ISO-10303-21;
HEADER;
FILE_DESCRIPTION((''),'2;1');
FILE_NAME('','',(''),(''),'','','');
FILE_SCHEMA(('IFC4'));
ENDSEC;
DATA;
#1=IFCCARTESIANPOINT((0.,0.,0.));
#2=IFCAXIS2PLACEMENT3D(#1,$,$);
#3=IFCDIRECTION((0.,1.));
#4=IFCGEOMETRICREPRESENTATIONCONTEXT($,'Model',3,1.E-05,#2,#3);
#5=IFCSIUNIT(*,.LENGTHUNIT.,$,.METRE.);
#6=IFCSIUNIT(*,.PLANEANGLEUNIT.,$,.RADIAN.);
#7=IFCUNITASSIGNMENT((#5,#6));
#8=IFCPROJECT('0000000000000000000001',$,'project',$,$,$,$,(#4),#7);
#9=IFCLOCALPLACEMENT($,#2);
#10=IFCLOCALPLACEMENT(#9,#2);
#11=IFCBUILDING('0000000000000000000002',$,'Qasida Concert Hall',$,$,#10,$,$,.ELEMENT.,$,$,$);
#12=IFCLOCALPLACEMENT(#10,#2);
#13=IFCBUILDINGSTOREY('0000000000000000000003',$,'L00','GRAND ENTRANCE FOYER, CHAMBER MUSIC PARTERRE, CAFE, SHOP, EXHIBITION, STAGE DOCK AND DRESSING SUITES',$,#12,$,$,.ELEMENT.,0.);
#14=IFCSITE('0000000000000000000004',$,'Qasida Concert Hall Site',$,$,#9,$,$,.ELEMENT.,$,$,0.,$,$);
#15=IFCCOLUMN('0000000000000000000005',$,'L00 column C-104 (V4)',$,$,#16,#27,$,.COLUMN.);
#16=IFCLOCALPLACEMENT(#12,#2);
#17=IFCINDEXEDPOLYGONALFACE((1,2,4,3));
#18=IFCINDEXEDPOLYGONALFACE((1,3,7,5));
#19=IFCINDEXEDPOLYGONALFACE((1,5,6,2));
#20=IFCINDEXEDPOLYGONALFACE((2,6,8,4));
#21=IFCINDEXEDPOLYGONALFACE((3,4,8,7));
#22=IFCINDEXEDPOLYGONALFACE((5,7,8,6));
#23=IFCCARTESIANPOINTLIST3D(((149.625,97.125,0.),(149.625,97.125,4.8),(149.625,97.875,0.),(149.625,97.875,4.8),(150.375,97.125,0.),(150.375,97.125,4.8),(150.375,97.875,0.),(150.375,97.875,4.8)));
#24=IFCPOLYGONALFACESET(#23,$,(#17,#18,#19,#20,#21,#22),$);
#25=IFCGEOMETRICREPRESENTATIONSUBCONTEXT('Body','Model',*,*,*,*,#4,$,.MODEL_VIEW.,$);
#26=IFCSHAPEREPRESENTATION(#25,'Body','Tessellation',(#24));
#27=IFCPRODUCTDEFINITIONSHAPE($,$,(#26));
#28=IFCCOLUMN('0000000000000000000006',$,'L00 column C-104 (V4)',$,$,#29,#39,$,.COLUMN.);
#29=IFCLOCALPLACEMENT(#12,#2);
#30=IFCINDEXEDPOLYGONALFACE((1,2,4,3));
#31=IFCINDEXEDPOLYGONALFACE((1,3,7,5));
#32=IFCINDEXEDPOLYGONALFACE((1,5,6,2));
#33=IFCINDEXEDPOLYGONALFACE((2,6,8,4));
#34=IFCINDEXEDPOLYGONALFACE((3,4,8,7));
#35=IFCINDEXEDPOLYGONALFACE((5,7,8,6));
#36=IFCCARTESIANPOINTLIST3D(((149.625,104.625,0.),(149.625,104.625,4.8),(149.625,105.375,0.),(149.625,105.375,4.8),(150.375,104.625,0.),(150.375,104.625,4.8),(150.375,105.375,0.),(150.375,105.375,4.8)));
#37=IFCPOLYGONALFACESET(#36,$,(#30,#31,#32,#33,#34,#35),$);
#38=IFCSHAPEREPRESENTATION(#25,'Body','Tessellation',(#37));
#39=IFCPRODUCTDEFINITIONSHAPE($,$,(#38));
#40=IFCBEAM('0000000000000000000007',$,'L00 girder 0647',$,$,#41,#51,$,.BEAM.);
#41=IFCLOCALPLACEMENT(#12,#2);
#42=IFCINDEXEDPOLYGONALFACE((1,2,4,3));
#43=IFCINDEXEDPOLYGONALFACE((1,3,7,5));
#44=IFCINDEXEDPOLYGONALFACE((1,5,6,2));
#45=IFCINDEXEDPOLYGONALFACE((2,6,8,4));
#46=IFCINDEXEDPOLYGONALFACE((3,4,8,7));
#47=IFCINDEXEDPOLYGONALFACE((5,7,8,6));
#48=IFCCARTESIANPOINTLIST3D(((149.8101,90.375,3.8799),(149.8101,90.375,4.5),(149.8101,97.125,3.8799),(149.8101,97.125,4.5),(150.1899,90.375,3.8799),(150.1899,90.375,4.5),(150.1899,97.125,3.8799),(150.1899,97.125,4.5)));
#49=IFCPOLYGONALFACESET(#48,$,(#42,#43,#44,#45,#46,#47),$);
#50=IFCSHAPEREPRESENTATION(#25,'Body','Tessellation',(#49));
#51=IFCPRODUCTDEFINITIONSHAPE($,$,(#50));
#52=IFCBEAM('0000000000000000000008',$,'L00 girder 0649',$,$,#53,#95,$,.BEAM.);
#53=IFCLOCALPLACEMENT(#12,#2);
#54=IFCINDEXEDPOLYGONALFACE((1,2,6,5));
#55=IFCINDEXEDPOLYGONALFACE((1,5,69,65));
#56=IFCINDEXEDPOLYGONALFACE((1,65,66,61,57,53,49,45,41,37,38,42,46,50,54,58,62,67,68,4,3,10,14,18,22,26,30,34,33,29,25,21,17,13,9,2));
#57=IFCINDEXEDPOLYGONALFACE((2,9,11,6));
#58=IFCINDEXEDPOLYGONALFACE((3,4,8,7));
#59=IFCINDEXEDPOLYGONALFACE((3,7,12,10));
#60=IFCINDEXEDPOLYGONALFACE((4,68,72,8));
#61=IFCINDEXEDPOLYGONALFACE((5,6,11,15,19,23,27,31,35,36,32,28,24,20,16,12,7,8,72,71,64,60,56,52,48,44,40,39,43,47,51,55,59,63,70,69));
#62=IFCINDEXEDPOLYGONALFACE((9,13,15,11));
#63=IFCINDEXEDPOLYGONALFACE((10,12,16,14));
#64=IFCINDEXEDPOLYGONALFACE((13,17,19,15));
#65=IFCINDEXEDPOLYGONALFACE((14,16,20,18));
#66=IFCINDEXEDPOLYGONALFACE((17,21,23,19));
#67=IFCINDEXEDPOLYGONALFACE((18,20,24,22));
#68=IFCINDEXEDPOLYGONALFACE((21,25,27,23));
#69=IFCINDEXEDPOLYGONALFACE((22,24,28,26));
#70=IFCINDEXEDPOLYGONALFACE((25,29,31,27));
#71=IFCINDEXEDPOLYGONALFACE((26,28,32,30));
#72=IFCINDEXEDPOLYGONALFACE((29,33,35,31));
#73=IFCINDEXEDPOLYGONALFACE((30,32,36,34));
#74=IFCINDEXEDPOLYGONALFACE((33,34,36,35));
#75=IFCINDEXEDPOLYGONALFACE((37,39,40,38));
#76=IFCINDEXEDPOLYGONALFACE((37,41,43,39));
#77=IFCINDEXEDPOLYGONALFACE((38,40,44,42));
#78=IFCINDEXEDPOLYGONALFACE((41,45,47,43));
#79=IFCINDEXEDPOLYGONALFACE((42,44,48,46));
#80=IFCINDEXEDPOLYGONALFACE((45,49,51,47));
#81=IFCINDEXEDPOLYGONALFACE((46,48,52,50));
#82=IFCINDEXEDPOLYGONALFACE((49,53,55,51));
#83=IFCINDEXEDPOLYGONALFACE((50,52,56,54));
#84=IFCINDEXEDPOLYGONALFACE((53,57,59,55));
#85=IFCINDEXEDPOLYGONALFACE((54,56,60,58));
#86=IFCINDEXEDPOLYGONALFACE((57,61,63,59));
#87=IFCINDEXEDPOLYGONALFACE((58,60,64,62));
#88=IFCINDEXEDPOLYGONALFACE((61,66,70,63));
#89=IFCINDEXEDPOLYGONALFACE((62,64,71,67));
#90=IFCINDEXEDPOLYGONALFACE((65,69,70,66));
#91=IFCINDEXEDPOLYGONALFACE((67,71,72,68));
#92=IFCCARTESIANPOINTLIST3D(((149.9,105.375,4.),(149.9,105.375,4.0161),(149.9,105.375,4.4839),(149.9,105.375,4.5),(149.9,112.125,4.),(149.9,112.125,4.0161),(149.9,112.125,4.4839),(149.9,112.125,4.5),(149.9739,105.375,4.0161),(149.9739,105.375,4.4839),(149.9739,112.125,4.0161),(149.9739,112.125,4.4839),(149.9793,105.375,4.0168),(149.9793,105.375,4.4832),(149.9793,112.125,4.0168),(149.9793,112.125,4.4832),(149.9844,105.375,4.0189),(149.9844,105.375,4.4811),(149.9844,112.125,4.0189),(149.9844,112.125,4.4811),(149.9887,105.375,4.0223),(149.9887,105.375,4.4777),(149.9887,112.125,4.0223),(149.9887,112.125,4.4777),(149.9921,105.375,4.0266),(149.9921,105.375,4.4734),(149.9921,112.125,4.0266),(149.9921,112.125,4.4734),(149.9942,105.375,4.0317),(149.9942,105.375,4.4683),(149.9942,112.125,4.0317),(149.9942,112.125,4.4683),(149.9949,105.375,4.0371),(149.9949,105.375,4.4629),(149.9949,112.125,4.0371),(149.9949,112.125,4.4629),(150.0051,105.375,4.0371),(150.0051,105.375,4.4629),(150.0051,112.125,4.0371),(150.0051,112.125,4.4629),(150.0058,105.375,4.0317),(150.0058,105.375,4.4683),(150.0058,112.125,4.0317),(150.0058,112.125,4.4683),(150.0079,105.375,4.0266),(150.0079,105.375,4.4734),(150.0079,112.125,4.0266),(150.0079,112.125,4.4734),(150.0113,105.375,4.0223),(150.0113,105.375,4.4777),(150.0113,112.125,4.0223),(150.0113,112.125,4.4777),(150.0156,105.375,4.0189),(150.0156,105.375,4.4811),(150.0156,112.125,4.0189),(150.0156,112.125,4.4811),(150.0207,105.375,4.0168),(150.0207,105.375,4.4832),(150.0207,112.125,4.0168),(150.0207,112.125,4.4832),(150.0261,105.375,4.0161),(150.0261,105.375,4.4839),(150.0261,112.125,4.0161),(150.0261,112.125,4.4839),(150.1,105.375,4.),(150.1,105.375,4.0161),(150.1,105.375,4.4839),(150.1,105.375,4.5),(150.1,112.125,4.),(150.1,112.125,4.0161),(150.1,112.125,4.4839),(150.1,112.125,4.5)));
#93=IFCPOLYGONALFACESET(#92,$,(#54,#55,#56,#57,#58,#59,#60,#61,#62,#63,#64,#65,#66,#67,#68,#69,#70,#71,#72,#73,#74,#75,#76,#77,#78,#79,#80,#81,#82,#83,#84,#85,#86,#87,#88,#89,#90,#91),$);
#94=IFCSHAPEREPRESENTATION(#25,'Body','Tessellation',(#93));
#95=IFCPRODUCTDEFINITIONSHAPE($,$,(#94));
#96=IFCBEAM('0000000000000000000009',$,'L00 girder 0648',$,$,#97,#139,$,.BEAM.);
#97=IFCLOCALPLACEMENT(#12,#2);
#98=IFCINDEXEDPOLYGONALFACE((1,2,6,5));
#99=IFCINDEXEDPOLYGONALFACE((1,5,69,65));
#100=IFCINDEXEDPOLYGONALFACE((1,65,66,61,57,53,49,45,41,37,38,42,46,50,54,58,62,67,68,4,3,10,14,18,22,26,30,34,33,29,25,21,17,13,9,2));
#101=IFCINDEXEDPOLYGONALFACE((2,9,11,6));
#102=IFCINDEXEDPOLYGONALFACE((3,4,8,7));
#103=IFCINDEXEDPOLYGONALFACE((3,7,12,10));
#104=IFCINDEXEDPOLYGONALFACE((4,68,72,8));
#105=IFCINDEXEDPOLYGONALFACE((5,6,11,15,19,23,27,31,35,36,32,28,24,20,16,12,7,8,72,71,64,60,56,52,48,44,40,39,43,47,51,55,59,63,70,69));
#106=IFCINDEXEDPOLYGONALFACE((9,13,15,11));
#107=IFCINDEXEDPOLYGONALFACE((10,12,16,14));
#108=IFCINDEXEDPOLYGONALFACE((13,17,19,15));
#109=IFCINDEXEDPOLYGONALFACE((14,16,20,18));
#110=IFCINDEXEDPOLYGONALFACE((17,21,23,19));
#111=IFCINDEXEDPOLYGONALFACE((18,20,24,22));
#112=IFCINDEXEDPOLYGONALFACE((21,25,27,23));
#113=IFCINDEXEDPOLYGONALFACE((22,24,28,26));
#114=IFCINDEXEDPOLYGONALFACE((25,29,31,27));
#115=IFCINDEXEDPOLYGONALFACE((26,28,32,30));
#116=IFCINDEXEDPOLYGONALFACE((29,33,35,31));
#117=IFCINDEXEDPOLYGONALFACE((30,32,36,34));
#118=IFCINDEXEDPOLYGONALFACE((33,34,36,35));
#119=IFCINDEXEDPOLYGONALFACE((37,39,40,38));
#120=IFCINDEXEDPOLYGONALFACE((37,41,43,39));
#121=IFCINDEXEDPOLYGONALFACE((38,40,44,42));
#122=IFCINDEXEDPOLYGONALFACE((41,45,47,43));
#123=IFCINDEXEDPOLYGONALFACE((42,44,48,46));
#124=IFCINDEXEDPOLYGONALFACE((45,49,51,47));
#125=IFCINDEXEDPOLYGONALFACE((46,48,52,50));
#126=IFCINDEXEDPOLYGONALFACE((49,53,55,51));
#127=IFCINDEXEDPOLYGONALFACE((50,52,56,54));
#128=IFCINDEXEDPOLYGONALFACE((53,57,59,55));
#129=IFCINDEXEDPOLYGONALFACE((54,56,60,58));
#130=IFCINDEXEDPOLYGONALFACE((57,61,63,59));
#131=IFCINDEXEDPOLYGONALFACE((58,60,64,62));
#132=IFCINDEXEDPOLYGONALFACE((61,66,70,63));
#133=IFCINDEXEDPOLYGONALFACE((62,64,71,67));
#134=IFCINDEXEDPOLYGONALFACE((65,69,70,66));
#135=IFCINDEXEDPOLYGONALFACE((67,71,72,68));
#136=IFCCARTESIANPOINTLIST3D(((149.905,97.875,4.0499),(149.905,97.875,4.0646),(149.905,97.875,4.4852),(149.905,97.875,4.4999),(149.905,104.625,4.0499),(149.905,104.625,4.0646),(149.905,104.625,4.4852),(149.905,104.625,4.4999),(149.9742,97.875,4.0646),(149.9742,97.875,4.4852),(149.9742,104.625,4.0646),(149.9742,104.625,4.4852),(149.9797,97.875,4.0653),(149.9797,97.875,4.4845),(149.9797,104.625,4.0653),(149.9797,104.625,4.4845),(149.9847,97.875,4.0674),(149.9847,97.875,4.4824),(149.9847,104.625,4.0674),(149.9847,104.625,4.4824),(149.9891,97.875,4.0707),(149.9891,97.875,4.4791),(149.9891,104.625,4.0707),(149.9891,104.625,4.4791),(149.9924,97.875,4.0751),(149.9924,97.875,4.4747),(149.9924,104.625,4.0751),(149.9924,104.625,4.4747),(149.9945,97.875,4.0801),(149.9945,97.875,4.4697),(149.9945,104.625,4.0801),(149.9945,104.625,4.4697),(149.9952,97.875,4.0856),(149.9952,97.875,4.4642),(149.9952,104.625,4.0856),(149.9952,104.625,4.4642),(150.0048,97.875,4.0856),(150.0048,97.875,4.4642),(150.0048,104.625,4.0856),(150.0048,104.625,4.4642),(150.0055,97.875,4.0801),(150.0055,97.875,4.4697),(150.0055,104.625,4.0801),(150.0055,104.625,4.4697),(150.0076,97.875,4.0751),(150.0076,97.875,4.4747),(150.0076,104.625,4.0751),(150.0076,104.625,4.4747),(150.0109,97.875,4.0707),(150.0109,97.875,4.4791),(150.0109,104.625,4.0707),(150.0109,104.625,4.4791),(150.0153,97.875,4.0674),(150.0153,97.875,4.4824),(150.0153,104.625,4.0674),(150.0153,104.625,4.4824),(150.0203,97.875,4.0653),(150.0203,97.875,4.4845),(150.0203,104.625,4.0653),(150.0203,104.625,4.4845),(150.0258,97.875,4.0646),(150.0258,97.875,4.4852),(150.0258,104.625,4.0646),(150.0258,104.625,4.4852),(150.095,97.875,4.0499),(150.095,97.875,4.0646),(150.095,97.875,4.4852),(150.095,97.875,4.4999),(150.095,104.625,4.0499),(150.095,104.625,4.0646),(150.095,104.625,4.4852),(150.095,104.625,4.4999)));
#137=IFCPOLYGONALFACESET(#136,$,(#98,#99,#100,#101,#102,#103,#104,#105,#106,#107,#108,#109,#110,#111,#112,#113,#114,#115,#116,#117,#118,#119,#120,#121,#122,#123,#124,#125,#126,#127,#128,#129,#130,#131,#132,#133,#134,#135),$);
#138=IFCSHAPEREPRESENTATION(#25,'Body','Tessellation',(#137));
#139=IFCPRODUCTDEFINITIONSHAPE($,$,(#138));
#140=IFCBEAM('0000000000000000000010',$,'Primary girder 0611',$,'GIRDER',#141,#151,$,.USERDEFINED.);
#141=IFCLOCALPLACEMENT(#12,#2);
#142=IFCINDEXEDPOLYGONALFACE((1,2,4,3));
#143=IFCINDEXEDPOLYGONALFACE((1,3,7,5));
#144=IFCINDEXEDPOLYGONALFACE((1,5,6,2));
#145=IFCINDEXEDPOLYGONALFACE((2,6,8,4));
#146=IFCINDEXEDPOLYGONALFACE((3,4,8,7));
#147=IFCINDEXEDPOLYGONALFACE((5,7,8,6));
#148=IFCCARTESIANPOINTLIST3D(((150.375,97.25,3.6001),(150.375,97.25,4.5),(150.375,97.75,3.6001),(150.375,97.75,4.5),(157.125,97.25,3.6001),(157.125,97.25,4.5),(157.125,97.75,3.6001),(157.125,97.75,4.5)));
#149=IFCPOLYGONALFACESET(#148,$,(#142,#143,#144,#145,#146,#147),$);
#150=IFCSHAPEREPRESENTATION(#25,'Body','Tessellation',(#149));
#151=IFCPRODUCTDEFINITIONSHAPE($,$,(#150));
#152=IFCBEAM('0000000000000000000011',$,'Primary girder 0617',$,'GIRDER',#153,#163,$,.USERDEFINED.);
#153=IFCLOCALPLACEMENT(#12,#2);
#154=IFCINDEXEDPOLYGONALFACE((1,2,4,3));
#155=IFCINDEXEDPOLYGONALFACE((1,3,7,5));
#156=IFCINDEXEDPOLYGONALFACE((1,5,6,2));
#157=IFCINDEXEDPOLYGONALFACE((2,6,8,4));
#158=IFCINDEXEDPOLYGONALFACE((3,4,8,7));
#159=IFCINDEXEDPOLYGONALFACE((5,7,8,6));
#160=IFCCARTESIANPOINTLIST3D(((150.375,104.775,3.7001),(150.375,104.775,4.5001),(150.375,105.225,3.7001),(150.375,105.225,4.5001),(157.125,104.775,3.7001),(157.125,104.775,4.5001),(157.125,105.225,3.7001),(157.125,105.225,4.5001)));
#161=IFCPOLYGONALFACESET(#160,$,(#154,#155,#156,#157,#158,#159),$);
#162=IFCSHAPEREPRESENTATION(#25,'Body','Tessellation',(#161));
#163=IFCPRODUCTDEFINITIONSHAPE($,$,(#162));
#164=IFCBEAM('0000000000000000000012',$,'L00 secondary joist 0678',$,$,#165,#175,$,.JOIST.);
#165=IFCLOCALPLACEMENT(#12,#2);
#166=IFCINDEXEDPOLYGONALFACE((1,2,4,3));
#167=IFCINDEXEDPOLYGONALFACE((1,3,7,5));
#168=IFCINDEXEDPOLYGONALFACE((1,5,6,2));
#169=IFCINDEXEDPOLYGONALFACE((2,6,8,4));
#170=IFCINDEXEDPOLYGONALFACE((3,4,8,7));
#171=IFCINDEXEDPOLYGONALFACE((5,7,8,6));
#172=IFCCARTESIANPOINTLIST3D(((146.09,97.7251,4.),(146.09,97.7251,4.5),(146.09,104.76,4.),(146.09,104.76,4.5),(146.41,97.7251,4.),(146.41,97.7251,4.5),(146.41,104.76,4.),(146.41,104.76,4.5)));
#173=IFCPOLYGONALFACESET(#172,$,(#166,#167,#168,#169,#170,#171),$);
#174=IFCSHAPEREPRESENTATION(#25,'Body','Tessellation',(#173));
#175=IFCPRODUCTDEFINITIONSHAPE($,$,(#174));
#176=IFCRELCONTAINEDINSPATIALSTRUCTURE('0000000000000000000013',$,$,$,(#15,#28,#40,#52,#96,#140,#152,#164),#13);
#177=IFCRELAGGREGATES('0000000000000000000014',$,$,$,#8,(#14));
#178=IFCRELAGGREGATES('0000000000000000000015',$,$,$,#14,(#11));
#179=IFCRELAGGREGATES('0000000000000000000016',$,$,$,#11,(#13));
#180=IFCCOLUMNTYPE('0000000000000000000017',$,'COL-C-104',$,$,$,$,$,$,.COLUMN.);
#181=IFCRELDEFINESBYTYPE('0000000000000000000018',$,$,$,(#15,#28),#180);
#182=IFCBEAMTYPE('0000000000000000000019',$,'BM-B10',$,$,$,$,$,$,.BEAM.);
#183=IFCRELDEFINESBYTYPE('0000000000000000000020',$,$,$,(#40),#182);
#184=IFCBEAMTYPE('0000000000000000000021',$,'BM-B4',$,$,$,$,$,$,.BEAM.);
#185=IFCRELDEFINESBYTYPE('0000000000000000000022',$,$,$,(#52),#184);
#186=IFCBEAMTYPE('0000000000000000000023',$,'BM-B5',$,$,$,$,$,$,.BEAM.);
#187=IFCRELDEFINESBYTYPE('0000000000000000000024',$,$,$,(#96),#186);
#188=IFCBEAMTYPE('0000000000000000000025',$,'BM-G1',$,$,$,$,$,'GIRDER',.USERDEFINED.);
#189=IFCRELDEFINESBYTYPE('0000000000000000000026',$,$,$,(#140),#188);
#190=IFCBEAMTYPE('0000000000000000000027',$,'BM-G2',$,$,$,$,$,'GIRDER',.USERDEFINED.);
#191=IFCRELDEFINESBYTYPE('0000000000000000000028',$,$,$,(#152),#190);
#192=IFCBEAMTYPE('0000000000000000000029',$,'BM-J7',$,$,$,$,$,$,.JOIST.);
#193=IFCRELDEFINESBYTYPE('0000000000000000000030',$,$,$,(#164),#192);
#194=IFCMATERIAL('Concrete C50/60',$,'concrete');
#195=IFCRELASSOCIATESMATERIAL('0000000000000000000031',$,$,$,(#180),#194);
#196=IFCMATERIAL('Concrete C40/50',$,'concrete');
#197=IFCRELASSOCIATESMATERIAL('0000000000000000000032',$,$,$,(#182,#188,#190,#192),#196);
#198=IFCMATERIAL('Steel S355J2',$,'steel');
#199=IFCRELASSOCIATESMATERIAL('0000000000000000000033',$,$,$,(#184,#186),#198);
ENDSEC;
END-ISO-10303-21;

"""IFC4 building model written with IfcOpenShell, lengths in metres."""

from ifc_helpers import new_model, si_unit, direction, frame, origin, origin_2d, place, context, subcontext, project, spatial, rectangle, i_section, extrude, material, material_profile, profile_set, type_object, element, save


model = new_model("IFC4")

# Units and contexts
model_context = context("Model", 3, precision=1e-05, world=origin(), true_north=direction((0.0, 1.0)))
body_context = subcontext(model_context, "Body", "Model", "MODEL_VIEW")
ifc_project = project(units=[si_unit("LENGTHUNIT", "METRE"), si_unit("PLANEANGLEUNIT", "RADIAN")], contexts=[model_context])

# Site, building, storey
site_placement = place(None, origin())
site = spatial("IfcSite", under=ifc_project, at=site_placement, Name="Qasida Concert Hall Site", CompositionType="ELEMENT", RefElevation=0.0)
building_placement = place(site_placement, origin())
building = spatial("IfcBuilding", under=site, at=building_placement, Name="Qasida Concert Hall", CompositionType="ELEMENT")
storey_placement = place(building_placement, origin())
storey = spatial("IfcBuildingStorey", under=building, at=storey_placement, Name="L00", Description="GRAND ENTRANCE FOYER, CHAMBER MUSIC PARTERRE, CAFE, SHOP, EXHIBITION, STAGE DOCK AND DRESSING SUITES", CompositionType="ELEMENT", Elevation=0.0)

# Columns
ifc_material_1 = material(Name="Concrete C50/60", Category="concrete")
ifc_material_profile_1 = material_profile(ifc_material_1, rectangle(XDim=0.75, YDim=0.75, at=origin_2d()), Name="RC 750x750")
ifc_profile_set_1 = profile_set([ifc_material_profile_1], Name="Concrete C50/60")
column_type = type_object("IfcColumnType", Name="COL-C-104", PredefinedType="COLUMN", material=ifc_profile_set_1)
for number, where, z_axis, x_axis, name in (
    (1, (150.0, 97.5, 0.0), (0.0, 0.0, 1.0), (1.0, 0.0, 0.0), "L00 column C-104 (V4)"),
    (2, (150.0, 105.0, 0.0), (0.0, 0.0, 1.0), (1.0, 0.0, 0.0), "L00 column C-104 (V4)"),
):
    element("IfcColumn", number, at=place(storey_placement, frame(where, z_axis=z_axis, x_axis=x_axis)), inside=storey, type_object=column_type, Name=name, PredefinedType="COLUMN", context=body_context, shape_type="SweptSolid", body=[
        extrude(rectangle(XDim=0.75, YDim=0.75, at=origin_2d()), origin(), (0.0, 0.0, 1.0), 4.8),
    ])

# Beams
ifc_material_2 = material(Name="Concrete C40/50", Category="concrete")
ifc_material_profile_2 = material_profile(ifc_material_2, rectangle(XDim=0.3799, YDim=0.6201, at=origin_2d()), Name="RC 380x620")
ifc_profile_set_2 = profile_set([ifc_material_profile_2], Name="Concrete C40/50")
beam_type_1 = type_object("IfcBeamType", Name="BM-B10", PredefinedType="BEAM", material=ifc_profile_set_2)
beam_1_placement = place(storey_placement, frame((150.0, 90.375, 4.1899), z_axis=(0.0, 1.0, 0.0), x_axis=(-1.0, 0.0, 0.0)))
element("IfcBeam", 3, at=beam_1_placement, inside=storey, type_object=beam_type_1, Name="L00 girder 0647", PredefinedType="BEAM", context=body_context, shape_type="SweptSolid", body=[
    extrude(rectangle(XDim=0.3799, YDim=0.6201, at=origin_2d()), origin(), (0.0, 0.0, 1.0), 6.75),
])
ifc_material_3 = material(Name="Steel S355J2", Category="steel")
ifc_material_profile_3 = material_profile(ifc_material_3, i_section(OverallWidth=0.2, OverallDepth=0.5, WebThickness=0.0103, FlangeThickness=0.0161, FilletRadius=0.021, at=origin_2d()), Name="IPE 500")
ifc_profile_set_3 = profile_set([ifc_material_profile_3], Name="Steel S355J2")
beam_type_2 = type_object("IfcBeamType", Name="BM-B4", PredefinedType="BEAM", material=ifc_profile_set_3)
beam_2_placement = place(storey_placement, frame((150.0, 105.375, 4.25), z_axis=(0.0, 1.0, 0.0), x_axis=(-1.0, 0.0, 0.0)))
element("IfcBeam", 4, at=beam_2_placement, inside=storey, type_object=beam_type_2, Name="L00 girder 0649", PredefinedType="BEAM", context=body_context, shape_type="SweptSolid", body=[
    extrude(i_section(OverallWidth=0.2, OverallDepth=0.5, WebThickness=0.0103, FlangeThickness=0.0161, FilletRadius=0.021, at=origin_2d()), origin(), (0.0, 0.0, 1.0), 6.75),
])
ifc_material_profile_4 = material_profile(ifc_material_3, i_section(OverallWidth=0.1899, OverallDepth=0.45, WebThickness=0.0095, FlangeThickness=0.0146, FilletRadius=0.021, at=origin_2d()), Name="IPE 450")
ifc_profile_set_4 = profile_set([ifc_material_profile_4], Name="Steel S355J2")
beam_type_3 = type_object("IfcBeamType", Name="BM-B5", PredefinedType="BEAM", material=ifc_profile_set_4)
beam_3_placement = place(storey_placement, frame((150.0, 97.875, 4.2749), z_axis=(0.0, 1.0, 0.0), x_axis=(-1.0, 0.0, 0.0)))
element("IfcBeam", 5, at=beam_3_placement, inside=storey, type_object=beam_type_3, Name="L00 girder 0648", PredefinedType="BEAM", context=body_context, shape_type="SweptSolid", body=[
    extrude(i_section(OverallWidth=0.1899, OverallDepth=0.45, WebThickness=0.0095, FlangeThickness=0.0146, FilletRadius=0.021, at=origin_2d()), origin(), (0.0, 0.0, 1.0), 6.75),
])
ifc_material_profile_5 = material_profile(ifc_material_2, rectangle(XDim=0.5, YDim=0.8999, at=origin_2d()), Name="RC 500x900")
ifc_profile_set_5 = profile_set([ifc_material_profile_5], Name="Concrete C40/50")
beam_type_4 = type_object("IfcBeamType", Name="BM-G1", ElementType="GIRDER", PredefinedType="USERDEFINED", material=ifc_profile_set_5)
beam_4_placement = place(storey_placement, frame((150.375, 97.5, 4.05), z_axis=(1.0, 0.0, 0.0), x_axis=(0.0, 1.0, 0.0)))
element("IfcBeam", 6, at=beam_4_placement, inside=storey, type_object=beam_type_4, Name="Primary girder 0611", ObjectType="GIRDER", PredefinedType="USERDEFINED", context=body_context, shape_type="SweptSolid", body=[
    extrude(rectangle(XDim=0.5, YDim=0.8999, at=origin_2d()), origin(), (0.0, 0.0, 1.0), 6.75),
])
ifc_material_profile_6 = material_profile(ifc_material_2, rectangle(XDim=0.45, YDim=0.8, at=origin_2d()), Name="RC 450x800")
ifc_profile_set_6 = profile_set([ifc_material_profile_6], Name="Concrete C40/50")
beam_type_5 = type_object("IfcBeamType", Name="BM-G2", ElementType="GIRDER", PredefinedType="USERDEFINED", material=ifc_profile_set_6)
beam_5_placement = place(storey_placement, frame((150.375, 105.0, 4.1001), z_axis=(1.0, 0.0, 0.0), x_axis=(0.0, 1.0, 0.0)))
element("IfcBeam", 7, at=beam_5_placement, inside=storey, type_object=beam_type_5, Name="Primary girder 0617", ObjectType="GIRDER", PredefinedType="USERDEFINED", context=body_context, shape_type="SweptSolid", body=[
    extrude(rectangle(XDim=0.45, YDim=0.8, at=origin_2d()), origin(), (0.0, 0.0, 1.0), 6.75),
])
ifc_material_profile_7 = material_profile(ifc_material_2, rectangle(XDim=0.3201, YDim=0.5, at=origin_2d()), Name="RC 320x500")
ifc_profile_set_7 = profile_set([ifc_material_profile_7], Name="Concrete C40/50")
beam_type_6 = type_object("IfcBeamType", Name="BM-J7", PredefinedType="JOIST", material=ifc_profile_set_7)
beam_6_placement = place(storey_placement, frame((146.25, 97.7251, 4.25), z_axis=(0.0, 1.0, 0.0), x_axis=(-1.0, 0.0, 0.0)))
element("IfcBeam", 8, at=beam_6_placement, inside=storey, type_object=beam_type_6, Name="L00 secondary joist 0678", PredefinedType="JOIST", context=body_context, shape_type="SweptSolid", body=[
    extrude(rectangle(XDim=0.3201, YDim=0.5, at=origin_2d()), origin(), (0.0, 0.0, 1.0), 7.0349),
])

save(model, "model.ifc")
